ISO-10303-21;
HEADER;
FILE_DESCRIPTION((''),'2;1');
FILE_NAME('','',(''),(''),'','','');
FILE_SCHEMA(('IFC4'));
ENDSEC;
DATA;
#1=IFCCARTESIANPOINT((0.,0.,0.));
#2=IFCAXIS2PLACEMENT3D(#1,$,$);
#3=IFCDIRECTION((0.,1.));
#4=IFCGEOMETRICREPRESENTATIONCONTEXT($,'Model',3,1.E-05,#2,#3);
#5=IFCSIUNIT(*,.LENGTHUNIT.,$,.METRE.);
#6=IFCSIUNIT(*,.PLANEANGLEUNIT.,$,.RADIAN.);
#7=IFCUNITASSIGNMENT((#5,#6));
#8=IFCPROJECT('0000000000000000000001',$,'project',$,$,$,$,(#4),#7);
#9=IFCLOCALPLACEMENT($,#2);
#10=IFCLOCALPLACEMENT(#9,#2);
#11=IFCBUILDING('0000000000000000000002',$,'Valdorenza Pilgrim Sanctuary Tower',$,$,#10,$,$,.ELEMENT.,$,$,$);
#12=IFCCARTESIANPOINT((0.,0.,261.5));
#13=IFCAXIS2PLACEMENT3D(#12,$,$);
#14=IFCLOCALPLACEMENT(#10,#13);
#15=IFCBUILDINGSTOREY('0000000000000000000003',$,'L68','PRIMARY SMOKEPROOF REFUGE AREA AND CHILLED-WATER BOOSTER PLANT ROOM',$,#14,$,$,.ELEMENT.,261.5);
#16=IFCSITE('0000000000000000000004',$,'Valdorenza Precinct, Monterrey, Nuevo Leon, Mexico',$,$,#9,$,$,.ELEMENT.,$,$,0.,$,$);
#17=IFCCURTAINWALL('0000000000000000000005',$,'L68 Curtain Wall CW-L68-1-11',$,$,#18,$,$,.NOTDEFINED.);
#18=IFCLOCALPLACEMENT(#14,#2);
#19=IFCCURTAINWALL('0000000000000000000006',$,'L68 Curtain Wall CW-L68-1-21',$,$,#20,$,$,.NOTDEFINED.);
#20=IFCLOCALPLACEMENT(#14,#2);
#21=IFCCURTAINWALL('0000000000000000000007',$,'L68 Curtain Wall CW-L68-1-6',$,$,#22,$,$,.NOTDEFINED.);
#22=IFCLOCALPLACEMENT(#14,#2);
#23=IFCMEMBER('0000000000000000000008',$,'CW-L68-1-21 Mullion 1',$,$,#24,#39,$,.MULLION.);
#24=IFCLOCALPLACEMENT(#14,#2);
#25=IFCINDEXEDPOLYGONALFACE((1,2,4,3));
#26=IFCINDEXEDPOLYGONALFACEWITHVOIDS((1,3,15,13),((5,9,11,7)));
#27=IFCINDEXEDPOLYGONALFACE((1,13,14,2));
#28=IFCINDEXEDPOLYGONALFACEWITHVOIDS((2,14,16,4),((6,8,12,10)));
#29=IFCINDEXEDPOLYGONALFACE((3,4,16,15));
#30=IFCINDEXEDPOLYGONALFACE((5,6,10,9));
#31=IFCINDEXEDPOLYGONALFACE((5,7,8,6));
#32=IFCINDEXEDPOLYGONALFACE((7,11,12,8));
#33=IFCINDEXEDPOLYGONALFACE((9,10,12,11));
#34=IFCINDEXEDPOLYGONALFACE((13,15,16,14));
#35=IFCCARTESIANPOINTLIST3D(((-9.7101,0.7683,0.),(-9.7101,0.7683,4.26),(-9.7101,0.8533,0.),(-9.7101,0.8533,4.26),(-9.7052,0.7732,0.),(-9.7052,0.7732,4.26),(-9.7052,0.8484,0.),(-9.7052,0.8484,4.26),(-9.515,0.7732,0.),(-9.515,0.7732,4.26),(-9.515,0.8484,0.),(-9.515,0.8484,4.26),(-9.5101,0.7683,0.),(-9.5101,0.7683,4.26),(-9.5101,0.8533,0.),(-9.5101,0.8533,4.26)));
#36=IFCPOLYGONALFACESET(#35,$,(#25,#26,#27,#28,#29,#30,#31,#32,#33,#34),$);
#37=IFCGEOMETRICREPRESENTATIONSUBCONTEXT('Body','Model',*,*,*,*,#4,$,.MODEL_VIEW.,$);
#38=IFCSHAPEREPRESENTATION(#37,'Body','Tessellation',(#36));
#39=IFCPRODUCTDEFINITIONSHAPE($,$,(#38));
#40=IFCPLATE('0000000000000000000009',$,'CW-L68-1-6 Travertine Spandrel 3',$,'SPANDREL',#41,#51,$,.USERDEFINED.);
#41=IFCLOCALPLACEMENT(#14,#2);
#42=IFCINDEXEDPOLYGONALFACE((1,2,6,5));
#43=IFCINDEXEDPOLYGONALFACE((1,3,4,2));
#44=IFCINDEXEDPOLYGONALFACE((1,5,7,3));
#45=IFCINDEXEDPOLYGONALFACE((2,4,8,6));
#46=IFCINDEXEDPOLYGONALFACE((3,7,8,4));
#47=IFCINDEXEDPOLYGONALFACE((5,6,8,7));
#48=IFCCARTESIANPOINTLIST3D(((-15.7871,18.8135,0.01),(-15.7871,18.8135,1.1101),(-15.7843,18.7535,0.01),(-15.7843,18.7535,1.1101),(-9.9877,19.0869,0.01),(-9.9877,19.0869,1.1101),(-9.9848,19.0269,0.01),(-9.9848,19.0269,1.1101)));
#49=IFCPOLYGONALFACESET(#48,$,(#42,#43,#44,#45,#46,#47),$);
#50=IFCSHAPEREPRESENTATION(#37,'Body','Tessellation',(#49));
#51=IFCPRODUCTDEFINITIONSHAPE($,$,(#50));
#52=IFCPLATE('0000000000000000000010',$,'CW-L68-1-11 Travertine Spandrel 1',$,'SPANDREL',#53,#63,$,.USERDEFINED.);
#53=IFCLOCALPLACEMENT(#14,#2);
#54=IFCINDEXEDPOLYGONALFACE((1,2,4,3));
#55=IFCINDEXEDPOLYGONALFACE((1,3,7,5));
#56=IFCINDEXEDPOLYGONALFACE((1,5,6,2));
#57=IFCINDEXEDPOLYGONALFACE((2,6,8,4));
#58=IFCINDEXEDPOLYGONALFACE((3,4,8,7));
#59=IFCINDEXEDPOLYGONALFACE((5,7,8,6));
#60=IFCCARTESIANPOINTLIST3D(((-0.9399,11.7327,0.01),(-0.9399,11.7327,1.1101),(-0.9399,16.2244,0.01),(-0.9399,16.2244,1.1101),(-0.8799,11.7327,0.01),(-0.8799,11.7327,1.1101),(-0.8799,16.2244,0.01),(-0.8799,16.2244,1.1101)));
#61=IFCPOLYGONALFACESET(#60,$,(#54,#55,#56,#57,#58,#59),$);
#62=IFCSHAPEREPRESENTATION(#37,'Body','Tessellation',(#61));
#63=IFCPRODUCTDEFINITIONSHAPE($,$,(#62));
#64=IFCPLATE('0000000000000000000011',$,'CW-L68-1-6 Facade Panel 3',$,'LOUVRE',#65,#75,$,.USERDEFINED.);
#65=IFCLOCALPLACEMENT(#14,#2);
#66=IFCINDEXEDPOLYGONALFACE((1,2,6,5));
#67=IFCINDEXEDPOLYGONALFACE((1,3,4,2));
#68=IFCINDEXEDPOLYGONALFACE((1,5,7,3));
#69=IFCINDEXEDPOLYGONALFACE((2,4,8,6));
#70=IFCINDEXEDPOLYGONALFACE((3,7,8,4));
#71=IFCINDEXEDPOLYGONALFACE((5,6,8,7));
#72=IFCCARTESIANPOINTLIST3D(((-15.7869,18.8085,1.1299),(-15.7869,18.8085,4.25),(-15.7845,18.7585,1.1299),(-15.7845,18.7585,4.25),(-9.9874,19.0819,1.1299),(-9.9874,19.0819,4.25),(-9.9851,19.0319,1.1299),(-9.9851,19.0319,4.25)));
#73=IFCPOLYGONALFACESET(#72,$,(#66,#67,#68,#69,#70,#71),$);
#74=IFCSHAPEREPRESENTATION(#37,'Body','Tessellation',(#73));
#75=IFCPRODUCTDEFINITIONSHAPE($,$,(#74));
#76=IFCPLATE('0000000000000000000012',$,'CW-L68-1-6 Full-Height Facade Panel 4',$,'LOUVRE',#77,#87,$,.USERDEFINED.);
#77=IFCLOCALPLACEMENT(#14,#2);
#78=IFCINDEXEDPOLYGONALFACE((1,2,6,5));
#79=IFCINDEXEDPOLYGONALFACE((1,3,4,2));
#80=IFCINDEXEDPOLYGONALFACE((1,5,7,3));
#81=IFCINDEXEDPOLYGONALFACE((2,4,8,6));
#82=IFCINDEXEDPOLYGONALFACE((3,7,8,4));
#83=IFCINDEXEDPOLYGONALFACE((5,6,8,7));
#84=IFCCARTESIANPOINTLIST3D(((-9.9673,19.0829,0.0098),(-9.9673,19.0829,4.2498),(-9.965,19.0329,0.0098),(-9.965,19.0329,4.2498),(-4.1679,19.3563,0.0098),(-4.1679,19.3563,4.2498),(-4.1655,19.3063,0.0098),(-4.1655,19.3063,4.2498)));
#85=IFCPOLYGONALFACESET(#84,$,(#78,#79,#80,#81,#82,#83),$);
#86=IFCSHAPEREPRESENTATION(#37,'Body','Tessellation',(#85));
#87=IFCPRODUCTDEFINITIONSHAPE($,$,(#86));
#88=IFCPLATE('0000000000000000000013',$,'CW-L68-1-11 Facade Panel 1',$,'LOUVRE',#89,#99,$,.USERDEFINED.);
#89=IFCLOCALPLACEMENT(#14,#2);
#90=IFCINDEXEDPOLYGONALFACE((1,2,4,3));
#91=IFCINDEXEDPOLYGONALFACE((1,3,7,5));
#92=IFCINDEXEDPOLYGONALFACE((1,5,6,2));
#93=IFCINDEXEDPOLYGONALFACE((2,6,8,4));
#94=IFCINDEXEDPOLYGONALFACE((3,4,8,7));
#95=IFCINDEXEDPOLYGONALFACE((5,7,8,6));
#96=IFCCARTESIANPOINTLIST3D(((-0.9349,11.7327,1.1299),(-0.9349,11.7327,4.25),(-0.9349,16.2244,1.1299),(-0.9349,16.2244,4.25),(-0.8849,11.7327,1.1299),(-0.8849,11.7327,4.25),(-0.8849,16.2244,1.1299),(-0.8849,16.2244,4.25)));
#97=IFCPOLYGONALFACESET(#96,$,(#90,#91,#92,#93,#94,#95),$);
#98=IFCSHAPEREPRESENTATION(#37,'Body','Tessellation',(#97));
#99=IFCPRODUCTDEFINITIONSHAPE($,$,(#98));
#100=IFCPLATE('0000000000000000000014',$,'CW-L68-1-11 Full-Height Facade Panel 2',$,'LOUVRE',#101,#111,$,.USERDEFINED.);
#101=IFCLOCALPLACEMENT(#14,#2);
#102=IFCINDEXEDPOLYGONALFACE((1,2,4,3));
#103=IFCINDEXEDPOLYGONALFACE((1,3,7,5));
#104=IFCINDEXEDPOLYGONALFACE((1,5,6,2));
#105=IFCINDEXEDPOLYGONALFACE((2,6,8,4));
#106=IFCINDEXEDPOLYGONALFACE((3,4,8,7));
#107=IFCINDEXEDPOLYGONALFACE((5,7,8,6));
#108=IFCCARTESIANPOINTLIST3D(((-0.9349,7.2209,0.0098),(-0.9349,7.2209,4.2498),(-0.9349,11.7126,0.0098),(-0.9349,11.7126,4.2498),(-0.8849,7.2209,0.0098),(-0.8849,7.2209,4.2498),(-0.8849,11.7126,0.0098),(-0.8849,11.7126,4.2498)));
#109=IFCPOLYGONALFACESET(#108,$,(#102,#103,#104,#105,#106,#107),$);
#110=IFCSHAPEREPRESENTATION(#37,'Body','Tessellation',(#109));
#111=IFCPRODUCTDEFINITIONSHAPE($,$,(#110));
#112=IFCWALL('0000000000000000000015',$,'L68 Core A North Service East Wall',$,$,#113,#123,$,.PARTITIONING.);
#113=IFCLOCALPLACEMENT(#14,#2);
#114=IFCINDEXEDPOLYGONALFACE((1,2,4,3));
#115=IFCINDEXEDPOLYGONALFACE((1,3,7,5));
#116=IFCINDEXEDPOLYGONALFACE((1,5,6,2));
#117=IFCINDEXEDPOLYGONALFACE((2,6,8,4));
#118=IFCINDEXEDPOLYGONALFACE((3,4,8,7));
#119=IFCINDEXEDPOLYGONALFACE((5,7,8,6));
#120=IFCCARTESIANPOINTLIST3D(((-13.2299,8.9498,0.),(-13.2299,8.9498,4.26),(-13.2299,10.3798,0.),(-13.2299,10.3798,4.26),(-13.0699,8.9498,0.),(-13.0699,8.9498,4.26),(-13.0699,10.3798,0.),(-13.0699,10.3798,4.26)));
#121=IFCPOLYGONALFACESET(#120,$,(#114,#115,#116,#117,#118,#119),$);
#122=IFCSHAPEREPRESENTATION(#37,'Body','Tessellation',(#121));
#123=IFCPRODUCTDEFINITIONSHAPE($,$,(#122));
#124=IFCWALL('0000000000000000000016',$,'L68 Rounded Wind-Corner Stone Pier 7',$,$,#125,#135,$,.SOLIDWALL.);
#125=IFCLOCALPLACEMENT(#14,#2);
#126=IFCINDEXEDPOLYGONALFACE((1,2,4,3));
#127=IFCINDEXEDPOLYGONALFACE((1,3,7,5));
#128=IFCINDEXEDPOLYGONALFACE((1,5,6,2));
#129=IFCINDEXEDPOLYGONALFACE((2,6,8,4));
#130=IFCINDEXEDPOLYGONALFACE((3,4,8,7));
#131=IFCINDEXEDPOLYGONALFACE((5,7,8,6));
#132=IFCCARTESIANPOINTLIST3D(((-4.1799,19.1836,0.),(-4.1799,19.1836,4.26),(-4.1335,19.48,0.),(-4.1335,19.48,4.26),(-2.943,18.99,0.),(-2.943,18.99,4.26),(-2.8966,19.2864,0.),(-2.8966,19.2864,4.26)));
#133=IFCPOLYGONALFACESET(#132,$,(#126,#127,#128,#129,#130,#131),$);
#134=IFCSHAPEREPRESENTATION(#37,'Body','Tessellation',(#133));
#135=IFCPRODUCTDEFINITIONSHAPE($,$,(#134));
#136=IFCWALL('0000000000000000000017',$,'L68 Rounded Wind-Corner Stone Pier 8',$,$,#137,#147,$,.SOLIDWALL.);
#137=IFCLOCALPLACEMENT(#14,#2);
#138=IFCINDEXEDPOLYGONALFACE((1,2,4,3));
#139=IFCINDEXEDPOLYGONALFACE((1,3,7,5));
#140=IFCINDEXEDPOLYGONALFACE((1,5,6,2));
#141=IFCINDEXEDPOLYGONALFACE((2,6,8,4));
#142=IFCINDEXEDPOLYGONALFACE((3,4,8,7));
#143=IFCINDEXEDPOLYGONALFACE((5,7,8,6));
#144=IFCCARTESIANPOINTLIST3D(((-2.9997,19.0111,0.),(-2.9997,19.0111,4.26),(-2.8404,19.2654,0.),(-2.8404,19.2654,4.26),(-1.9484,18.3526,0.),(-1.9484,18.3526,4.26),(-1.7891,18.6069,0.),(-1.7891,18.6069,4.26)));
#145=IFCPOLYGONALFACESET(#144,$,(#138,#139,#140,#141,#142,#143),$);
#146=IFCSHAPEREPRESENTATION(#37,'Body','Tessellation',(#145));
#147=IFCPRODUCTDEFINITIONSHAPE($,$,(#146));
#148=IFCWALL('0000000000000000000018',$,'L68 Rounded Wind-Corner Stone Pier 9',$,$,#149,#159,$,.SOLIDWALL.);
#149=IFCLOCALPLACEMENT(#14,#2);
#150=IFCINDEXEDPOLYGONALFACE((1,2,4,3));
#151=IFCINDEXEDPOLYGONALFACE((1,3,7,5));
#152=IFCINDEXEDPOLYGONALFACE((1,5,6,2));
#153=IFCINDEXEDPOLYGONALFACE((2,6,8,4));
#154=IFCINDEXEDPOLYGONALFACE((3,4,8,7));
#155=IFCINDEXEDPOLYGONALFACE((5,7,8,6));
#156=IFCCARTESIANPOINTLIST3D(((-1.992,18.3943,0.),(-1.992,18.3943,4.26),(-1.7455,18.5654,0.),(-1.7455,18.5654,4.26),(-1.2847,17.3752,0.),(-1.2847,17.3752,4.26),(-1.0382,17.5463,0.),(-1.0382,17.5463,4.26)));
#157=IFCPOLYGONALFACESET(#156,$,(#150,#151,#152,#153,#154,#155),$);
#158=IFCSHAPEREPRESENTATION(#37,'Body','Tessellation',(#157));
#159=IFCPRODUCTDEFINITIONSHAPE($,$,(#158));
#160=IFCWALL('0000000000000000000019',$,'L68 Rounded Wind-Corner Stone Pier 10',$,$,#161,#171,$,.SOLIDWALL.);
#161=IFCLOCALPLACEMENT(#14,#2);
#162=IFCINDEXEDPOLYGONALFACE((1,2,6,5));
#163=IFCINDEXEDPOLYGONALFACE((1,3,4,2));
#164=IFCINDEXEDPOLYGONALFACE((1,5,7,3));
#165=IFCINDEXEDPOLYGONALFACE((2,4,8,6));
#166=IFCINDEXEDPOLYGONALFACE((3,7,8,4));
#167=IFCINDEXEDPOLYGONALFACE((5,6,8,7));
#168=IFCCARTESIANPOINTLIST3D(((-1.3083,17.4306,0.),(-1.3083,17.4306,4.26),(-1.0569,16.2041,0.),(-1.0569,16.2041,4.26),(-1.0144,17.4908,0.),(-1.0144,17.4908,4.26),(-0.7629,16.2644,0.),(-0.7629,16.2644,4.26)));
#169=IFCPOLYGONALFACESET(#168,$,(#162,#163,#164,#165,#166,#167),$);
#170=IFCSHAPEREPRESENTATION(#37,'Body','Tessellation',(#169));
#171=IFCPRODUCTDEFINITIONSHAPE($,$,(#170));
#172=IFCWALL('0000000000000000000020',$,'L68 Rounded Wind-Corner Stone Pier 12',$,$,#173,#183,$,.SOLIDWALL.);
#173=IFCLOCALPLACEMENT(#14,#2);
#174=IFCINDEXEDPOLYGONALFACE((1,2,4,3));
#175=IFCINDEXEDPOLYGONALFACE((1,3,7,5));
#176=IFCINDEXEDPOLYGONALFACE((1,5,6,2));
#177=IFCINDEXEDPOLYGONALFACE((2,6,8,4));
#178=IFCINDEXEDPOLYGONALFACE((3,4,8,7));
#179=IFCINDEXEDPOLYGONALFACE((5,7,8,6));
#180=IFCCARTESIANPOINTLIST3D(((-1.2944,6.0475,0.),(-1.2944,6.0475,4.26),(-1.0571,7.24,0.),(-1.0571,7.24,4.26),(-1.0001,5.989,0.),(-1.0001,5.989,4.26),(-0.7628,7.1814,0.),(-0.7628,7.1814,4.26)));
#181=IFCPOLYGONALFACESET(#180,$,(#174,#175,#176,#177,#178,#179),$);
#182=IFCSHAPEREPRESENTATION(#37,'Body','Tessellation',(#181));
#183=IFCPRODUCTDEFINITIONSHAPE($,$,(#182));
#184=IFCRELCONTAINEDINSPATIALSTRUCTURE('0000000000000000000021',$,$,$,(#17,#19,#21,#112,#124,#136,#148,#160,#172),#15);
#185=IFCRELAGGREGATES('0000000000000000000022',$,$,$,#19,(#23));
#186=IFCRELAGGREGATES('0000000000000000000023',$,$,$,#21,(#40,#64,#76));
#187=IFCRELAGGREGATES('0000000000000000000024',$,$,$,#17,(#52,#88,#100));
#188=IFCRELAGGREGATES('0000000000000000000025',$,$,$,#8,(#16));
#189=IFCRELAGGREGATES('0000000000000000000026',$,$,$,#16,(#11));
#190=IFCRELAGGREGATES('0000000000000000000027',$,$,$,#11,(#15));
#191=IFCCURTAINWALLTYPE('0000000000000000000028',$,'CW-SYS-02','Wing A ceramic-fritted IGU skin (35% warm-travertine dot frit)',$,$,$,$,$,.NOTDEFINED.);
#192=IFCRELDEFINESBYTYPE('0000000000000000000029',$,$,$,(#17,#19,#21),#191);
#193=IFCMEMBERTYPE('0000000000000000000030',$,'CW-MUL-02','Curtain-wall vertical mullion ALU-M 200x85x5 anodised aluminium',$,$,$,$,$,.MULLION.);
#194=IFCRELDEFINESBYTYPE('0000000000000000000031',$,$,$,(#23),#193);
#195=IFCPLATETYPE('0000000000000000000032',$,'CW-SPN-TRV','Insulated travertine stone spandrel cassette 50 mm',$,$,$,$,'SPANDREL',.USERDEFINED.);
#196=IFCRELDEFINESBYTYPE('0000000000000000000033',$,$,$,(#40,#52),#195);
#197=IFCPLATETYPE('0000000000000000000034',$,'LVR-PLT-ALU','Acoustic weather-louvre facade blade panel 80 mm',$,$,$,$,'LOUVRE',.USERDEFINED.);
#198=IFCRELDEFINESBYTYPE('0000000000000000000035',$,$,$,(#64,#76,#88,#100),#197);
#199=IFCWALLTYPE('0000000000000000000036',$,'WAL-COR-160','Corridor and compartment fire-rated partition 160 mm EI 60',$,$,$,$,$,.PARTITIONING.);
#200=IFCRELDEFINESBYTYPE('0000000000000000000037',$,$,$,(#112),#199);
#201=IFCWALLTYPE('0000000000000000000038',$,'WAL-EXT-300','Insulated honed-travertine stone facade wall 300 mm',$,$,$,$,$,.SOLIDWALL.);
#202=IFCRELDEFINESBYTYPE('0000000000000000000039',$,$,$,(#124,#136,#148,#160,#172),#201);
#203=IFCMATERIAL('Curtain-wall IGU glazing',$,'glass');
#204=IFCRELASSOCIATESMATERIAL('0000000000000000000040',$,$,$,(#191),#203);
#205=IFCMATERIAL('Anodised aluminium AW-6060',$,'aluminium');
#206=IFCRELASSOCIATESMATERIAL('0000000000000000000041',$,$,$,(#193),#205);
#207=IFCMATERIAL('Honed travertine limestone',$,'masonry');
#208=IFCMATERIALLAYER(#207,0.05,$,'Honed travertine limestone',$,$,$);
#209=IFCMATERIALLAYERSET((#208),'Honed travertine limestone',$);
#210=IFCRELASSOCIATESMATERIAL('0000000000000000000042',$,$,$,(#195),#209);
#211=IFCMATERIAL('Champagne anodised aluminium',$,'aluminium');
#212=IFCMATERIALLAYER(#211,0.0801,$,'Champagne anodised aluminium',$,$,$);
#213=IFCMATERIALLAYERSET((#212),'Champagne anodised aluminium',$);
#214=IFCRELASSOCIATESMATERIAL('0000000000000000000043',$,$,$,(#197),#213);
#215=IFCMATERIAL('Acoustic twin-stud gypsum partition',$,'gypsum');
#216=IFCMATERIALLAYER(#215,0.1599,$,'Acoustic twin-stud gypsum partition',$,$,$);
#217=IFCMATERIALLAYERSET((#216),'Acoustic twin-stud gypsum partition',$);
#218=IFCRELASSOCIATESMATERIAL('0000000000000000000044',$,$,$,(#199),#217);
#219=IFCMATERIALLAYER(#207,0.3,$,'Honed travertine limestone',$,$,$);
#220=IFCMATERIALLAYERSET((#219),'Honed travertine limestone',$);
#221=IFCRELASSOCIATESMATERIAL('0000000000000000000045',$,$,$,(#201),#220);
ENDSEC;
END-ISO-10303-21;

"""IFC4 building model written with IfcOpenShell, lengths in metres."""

from ifc_helpers import new_model, si_unit, direction, frame, frame_2d, origin, origin_2d, place, context, subcontext, project, spatial, rectangle, hollow_rectangle, extrude, source, transform, mapped, material, layer, layer_set, material_profile, profile_set, type_object, element, aggregate, save


model = new_model("IFC4")

# Units and contexts
model_context = context("Model", 3, precision=1e-05, world=origin(), true_north=direction((0.0, 1.0)))
body_context = subcontext(model_context, "Body", "Model", "MODEL_VIEW")
ifc_project = project(units=[si_unit("LENGTHUNIT", "METRE"), si_unit("PLANEANGLEUNIT", "RADIAN")], contexts=[model_context])

# Site, building, storey
site_placement = place(None, origin())
site = spatial("IfcSite", under=ifc_project, at=site_placement, Name="Valdorenza Precinct, Monterrey, Nuevo Leon, Mexico", CompositionType="ELEMENT", RefElevation=0.0)
building_placement = place(site_placement, origin())
building = spatial("IfcBuilding", under=site, at=building_placement, Name="Valdorenza Pilgrim Sanctuary Tower", CompositionType="ELEMENT")
storey_placement = place(building_placement, frame((0.0, 0.0, 261.5)))
storey = spatial("IfcBuildingStorey", under=building, at=storey_placement, Name="L68", Description="PRIMARY SMOKEPROOF REFUGE AREA AND CHILLED-WATER BOOSTER PLANT ROOM", CompositionType="ELEMENT", Elevation=261.5)

# Curtain walls
ifc_material_1 = material(Name="Curtain-wall IGU glazing", Category="glass")
curtain_wall_type = type_object("IfcCurtainWallType", Name="CW-SYS-02", Description="Wing A ceramic-fritted IGU skin (35% warm-travertine dot frit)", PredefinedType="NOTDEFINED", material=ifc_material_1)
curtain_wall_1_placement = place(storey_placement, origin())
curtain_wall_1 = element("IfcCurtainWall", 1, at=curtain_wall_1_placement, inside=storey, type_object=curtain_wall_type, Name="L68 Curtain Wall CW-L68-1-11", PredefinedType="NOTDEFINED")
ifc_material_2 = material(Name="Anodised aluminium AW-6060", Category="aluminium")
curtain_wall_2_placement = place(storey_placement, origin())
curtain_wall_2 = element("IfcCurtainWall", 2, at=curtain_wall_2_placement, inside=storey, type_object=curtain_wall_type, Name="L68 Curtain Wall CW-L68-1-21", PredefinedType="NOTDEFINED")

# Curtain wall
curtain_wall_3_placement = place(storey_placement, origin())
curtain_wall_3 = element("IfcCurtainWall", 3, at=curtain_wall_3_placement, inside=storey, type_object=curtain_wall_type, Name="L68 Curtain Wall CW-L68-1-6", PredefinedType="NOTDEFINED")
ifc_material_profile_1 = material_profile(ifc_material_2, hollow_rectangle(XDim=0.085, YDim=0.2, WallThickness=0.0049, at=origin_2d()), Name="ALU-M 200x85x5")
ifc_profile_set_1 = profile_set([ifc_material_profile_1], Name="Anodised aluminium AW-6060")
member_type_1 = type_object("IfcMemberType", Name="CW-MUL-02", Description="Curtain-wall vertical mullion ALU-M 200x85x5 anodised aluminium", PredefinedType="MULLION", material=ifc_profile_set_1)
shared_shape_1 = source(origin(), body_context, "Body", "SweptSolid", [
    extrude(hollow_rectangle(XDim=0.085, YDim=0.2, WallThickness=0.0049, at=origin_2d()), origin(), (0.0, 0.0, 1.0), 4.26),
])

# Member
member_1_placement = place(storey_placement, frame((-9.6101, 0.8108, 0.0), z_axis=(0.0, 0.0, 1.0), x_axis=(0.0, -1.0, 0.0)))
member_1 = element("IfcMember", 4, at=member_1_placement, type_object=member_type_1, Name="CW-L68-1-21 Mullion 1", PredefinedType="MULLION", context=body_context, shape_type="MappedRepresentation", body=[
    mapped(shared_shape_1, transform((0.0, 0.0, 0.0), x_axis=(1.0, 0.0, 0.0), y_axis=(0.0, 1.0, 0.0), z_axis=(0.0, 0.0, 1.0), scale=1.0)),
])
aggregate(curtain_wall_2, [member_1])

# Plates
ifc_material_3 = material(Name="Honed travertine limestone", Category="masonry")
ifc_layer_1 = layer(ifc_material_3, 0.05, Name="Honed travertine limestone")
ifc_layer_set_1 = layer_set([ifc_layer_1], Name="Honed travertine limestone")
plate_type_1 = type_object("IfcPlateType", Name="CW-SPN-TRV", Description="Insulated travertine stone spandrel cassette 50 mm", ElementType="SPANDREL", PredefinedType="USERDEFINED", material=ifc_layer_set_1)
shared_shape_2 = source(origin(), body_context, "Body", "SweptSolid", [
    extrude(rectangle(XDim=5.8059, YDim=0.0601, at=origin_2d()), origin(), (0.0, 0.0, 1.0), 1.1001),
])
plate_1_placement = place(storey_placement, frame((-12.886, 18.9202, 0.01), z_axis=(0.0, 0.0, 1.0), x_axis=(0.998891, 0.047089, 0.0)))
plate_1 = element("IfcPlate", 5, at=plate_1_placement, type_object=plate_type_1, Name="CW-L68-1-6 Travertine Spandrel 3", ObjectType="SPANDREL", PredefinedType="USERDEFINED", context=body_context, shape_type="MappedRepresentation", body=[
    mapped(shared_shape_2, transform((0.0, 0.0, 0.0), x_axis=(1.0, 0.0, 0.0), y_axis=(0.0, 1.0, 0.0), z_axis=(0.0, 0.0, 1.0), scale=1.0)),
])
shared_shape_3 = source(origin(), body_context, "Body", "SweptSolid", [
    extrude(rectangle(XDim=4.4917, YDim=0.0601, at=origin_2d()), origin(), (0.0, 0.0, 1.0), 1.1001),
])
plate_2_placement = place(storey_placement, frame((-0.9099, 13.9785, 0.01), z_axis=(0.0, 0.0, 1.0), x_axis=(0.0, -1.0, 0.0)))
plate_2 = element("IfcPlate", 6, at=plate_2_placement, type_object=plate_type_1, Name="CW-L68-1-11 Travertine Spandrel 1", ObjectType="SPANDREL", PredefinedType="USERDEFINED", context=body_context, shape_type="MappedRepresentation", body=[
    mapped(shared_shape_3, transform((0.0, 0.0, 0.0), x_axis=(1.0, 0.0, 0.0), y_axis=(0.0, 1.0, 0.0), z_axis=(0.0, 0.0, 1.0), scale=1.0)),
])
ifc_material_4 = material(Name="Champagne anodised aluminium", Category="aluminium")
ifc_layer_2 = layer(ifc_material_4, 0.0801, Name="Champagne anodised aluminium")
ifc_layer_set_2 = layer_set([ifc_layer_2], Name="Champagne anodised aluminium")
plate_type_2 = type_object("IfcPlateType", Name="LVR-PLT-ALU", Description="Acoustic weather-louvre facade blade panel 80 mm", ElementType="LOUVRE", PredefinedType="USERDEFINED", material=ifc_layer_set_2)
shared_shape_4 = source(origin(), body_context, "Body", "SweptSolid", [
    extrude(rectangle(XDim=5.8059, YDim=0.05, at=origin_2d()), origin(), (0.0, 0.0, 1.0), 3.1201),
])
plate_3_placement = place(storey_placement, frame((-12.886, 18.9202, 1.1299), z_axis=(0.0, 0.0, 1.0), x_axis=(0.998891, 0.047089, 0.0)))
plate_3 = element("IfcPlate", 7, at=plate_3_placement, type_object=plate_type_2, Name="CW-L68-1-6 Facade Panel 3", ObjectType="LOUVRE", PredefinedType="USERDEFINED", context=body_context, shape_type="MappedRepresentation", body=[
    mapped(shared_shape_4, transform((0.0, 0.0, 0.0), x_axis=(1.0, 0.0, 0.0), y_axis=(0.0, 1.0, 0.0), z_axis=(0.0, 0.0, 1.0), scale=1.0)),
])
shared_shape_5 = source(origin(), body_context, "Body", "SweptSolid", [
    extrude(rectangle(XDim=5.8059, YDim=0.05, at=origin_2d()), origin(), (0.0, 0.0, 1.0), 4.24),
])
plate_4_placement = place(storey_placement, frame((-7.0664, 19.1946, 0.0098), z_axis=(0.0, 0.0, 1.0), x_axis=(0.998891, 0.047089, 0.0)))
plate_4 = element("IfcPlate", 8, at=plate_4_placement, type_object=plate_type_2, Name="CW-L68-1-6 Full-Height Facade Panel 4", ObjectType="LOUVRE", PredefinedType="USERDEFINED", context=body_context, shape_type="MappedRepresentation", body=[
    mapped(shared_shape_5, transform((0.0, 0.0, 0.0), x_axis=(1.0, 0.0, 0.0), y_axis=(0.0, 1.0, 0.0), z_axis=(0.0, 0.0, 1.0), scale=1.0)),
])
aggregate(curtain_wall_3, [plate_1, plate_3, plate_4])
shared_shape_6 = source(origin(), body_context, "Body", "SweptSolid", [
    extrude(rectangle(XDim=4.4917, YDim=0.05, at=origin_2d()), origin(), (0.0, 0.0, 1.0), 3.1201),
])
plate_5_placement = place(storey_placement, frame((-0.9099, 13.9785, 1.1299), z_axis=(0.0, 0.0, 1.0), x_axis=(0.0, -1.0, 0.0)))
plate_5 = element("IfcPlate", 9, at=plate_5_placement, type_object=plate_type_2, Name="CW-L68-1-11 Facade Panel 1", ObjectType="LOUVRE", PredefinedType="USERDEFINED", context=body_context, shape_type="MappedRepresentation", body=[
    mapped(shared_shape_6, transform((0.0, 0.0, 0.0), x_axis=(1.0, 0.0, 0.0), y_axis=(0.0, 1.0, 0.0), z_axis=(0.0, 0.0, 1.0), scale=1.0)),
])
shared_shape_7 = source(origin(), body_context, "Body", "SweptSolid", [
    extrude(rectangle(XDim=4.4917, YDim=0.05, at=origin_2d()), origin(), (0.0, 0.0, 1.0), 4.24),
])
plate_6_placement = place(storey_placement, frame((-0.9099, 9.4668, 0.0098), z_axis=(0.0, 0.0, 1.0), x_axis=(0.0, -1.0, 0.0)))
plate_6 = element("IfcPlate", 10, at=plate_6_placement, type_object=plate_type_2, Name="CW-L68-1-11 Full-Height Facade Panel 2", ObjectType="LOUVRE", PredefinedType="USERDEFINED", context=body_context, shape_type="MappedRepresentation", body=[
    mapped(shared_shape_7, transform((0.0, 0.0, 0.0), x_axis=(1.0, 0.0, 0.0), y_axis=(0.0, 1.0, 0.0), z_axis=(0.0, 0.0, 1.0), scale=1.0)),
])
aggregate(curtain_wall_1, [plate_2, plate_5, plate_6])

# Walls
ifc_material_5 = material(Name="Acoustic twin-stud gypsum partition", Category="gypsum")
ifc_layer_3 = layer(ifc_material_5, 0.1599, Name="Acoustic twin-stud gypsum partition")
ifc_layer_set_3 = layer_set([ifc_layer_3], Name="Acoustic twin-stud gypsum partition")
wall_type_1 = type_object("IfcWallType", Name="WAL-COR-160", Description="Corridor and compartment fire-rated partition 160 mm EI 60", PredefinedType="PARTITIONING", material=ifc_layer_set_3)
wall_1_placement = place(storey_placement, frame((-13.1499, 8.95, 0.0), z_axis=(0.0, 0.0, 1.0), x_axis=(0.0, 1.0, 0.0)))
element("IfcWall", 11, at=wall_1_placement, inside=storey, type_object=wall_type_1, Name="L68 Core A North Service East Wall", PredefinedType="PARTITIONING", context=body_context, shape_type="SweptSolid", body=[
    extrude(rectangle(XDim=1.4299, YDim=0.1599, at=frame_2d((0.7148, 0.0))), origin(), (0.0, 0.0, 1.0), 4.26),
])
ifc_layer_4 = layer(ifc_material_3, 0.3, Name="Honed travertine limestone")
ifc_layer_set_4 = layer_set([ifc_layer_4], Name="Honed travertine limestone")
wall_type_2 = type_object("IfcWallType", Name="WAL-EXT-300", Description="Insulated honed-travertine stone facade wall 300 mm", PredefinedType="SOLIDWALL", material=ifc_layer_set_4)
wall_2_placement = place(storey_placement, frame((-4.1567, 19.3318, 0.0), z_axis=(0.0, 0.0, 1.0), x_axis=(0.987969, -0.154651, 0.0)))
element("IfcWall", 12, at=wall_2_placement, inside=storey, type_object=wall_type_2, Name="L68 Rounded Wind-Corner Stone Pier 7", PredefinedType="SOLIDWALL", context=body_context, shape_type="SweptSolid", body=[
    extrude(rectangle(XDim=1.252, YDim=0.3, at=frame_2d((0.626, 0.0))), origin(), (0.0, 0.0, 1.0), 4.26),
])
for number, where, z_axis, x_axis, name in (
    (13, (-2.9199, 19.1382, 0.0), (0.0, 0.0, 1.0), (0.847489, -0.530812, 0.0), "L68 Rounded Wind-Corner Stone Pier 8"),
    (14, (-1.8687, 18.4797, 0.0), (0.0, 0.0, 1.0), (0.570182, -0.821518, 0.0), "L68 Rounded Wind-Corner Stone Pier 9"),
):
    element("IfcWall", number, at=place(storey_placement, frame(where, z_axis=z_axis, x_axis=x_axis)), inside=storey, type_object=wall_type_2, Name=name, PredefinedType="SOLIDWALL", context=body_context, shape_type="SweptSolid", body=[
        extrude(rectangle(XDim=1.2405, YDim=0.3, at=frame_2d((0.6201, 0.0))), origin(), (0.0, 0.0, 1.0), 4.26),
    ])
wall_3_placement = place(storey_placement, frame((-1.1614, 17.4607, 0.0), z_axis=(0.0, 0.0, 1.0), x_axis=(0.200877, -0.979616, 0.0)))
element("IfcWall", 15, at=wall_3_placement, inside=storey, type_object=wall_type_2, Name="L68 Rounded Wind-Corner Stone Pier 10", PredefinedType="SOLIDWALL", context=body_context, shape_type="SweptSolid", body=[
    extrude(rectangle(XDim=1.252, YDim=0.3, at=frame_2d((0.626, 0.0))), origin(), (0.0, 0.0, 1.0), 4.26),
])
wall_4_placement = place(storey_placement, frame((-0.9099, 7.2107, 0.0), z_axis=(0.0, 0.0, 1.0), x_axis=(-0.195189, -0.980766, 0.0)))
element("IfcWall", 16, at=wall_4_placement, inside=storey, type_object=wall_type_2, Name="L68 Rounded Wind-Corner Stone Pier 12", PredefinedType="SOLIDWALL", context=body_context, shape_type="SweptSolid", body=[
    extrude(rectangle(XDim=1.2158, YDim=0.3, at=frame_2d((0.6079, 0.0))), origin(), (0.0, 0.0, 1.0), 4.26),
])

save(model, "model.ifc")
